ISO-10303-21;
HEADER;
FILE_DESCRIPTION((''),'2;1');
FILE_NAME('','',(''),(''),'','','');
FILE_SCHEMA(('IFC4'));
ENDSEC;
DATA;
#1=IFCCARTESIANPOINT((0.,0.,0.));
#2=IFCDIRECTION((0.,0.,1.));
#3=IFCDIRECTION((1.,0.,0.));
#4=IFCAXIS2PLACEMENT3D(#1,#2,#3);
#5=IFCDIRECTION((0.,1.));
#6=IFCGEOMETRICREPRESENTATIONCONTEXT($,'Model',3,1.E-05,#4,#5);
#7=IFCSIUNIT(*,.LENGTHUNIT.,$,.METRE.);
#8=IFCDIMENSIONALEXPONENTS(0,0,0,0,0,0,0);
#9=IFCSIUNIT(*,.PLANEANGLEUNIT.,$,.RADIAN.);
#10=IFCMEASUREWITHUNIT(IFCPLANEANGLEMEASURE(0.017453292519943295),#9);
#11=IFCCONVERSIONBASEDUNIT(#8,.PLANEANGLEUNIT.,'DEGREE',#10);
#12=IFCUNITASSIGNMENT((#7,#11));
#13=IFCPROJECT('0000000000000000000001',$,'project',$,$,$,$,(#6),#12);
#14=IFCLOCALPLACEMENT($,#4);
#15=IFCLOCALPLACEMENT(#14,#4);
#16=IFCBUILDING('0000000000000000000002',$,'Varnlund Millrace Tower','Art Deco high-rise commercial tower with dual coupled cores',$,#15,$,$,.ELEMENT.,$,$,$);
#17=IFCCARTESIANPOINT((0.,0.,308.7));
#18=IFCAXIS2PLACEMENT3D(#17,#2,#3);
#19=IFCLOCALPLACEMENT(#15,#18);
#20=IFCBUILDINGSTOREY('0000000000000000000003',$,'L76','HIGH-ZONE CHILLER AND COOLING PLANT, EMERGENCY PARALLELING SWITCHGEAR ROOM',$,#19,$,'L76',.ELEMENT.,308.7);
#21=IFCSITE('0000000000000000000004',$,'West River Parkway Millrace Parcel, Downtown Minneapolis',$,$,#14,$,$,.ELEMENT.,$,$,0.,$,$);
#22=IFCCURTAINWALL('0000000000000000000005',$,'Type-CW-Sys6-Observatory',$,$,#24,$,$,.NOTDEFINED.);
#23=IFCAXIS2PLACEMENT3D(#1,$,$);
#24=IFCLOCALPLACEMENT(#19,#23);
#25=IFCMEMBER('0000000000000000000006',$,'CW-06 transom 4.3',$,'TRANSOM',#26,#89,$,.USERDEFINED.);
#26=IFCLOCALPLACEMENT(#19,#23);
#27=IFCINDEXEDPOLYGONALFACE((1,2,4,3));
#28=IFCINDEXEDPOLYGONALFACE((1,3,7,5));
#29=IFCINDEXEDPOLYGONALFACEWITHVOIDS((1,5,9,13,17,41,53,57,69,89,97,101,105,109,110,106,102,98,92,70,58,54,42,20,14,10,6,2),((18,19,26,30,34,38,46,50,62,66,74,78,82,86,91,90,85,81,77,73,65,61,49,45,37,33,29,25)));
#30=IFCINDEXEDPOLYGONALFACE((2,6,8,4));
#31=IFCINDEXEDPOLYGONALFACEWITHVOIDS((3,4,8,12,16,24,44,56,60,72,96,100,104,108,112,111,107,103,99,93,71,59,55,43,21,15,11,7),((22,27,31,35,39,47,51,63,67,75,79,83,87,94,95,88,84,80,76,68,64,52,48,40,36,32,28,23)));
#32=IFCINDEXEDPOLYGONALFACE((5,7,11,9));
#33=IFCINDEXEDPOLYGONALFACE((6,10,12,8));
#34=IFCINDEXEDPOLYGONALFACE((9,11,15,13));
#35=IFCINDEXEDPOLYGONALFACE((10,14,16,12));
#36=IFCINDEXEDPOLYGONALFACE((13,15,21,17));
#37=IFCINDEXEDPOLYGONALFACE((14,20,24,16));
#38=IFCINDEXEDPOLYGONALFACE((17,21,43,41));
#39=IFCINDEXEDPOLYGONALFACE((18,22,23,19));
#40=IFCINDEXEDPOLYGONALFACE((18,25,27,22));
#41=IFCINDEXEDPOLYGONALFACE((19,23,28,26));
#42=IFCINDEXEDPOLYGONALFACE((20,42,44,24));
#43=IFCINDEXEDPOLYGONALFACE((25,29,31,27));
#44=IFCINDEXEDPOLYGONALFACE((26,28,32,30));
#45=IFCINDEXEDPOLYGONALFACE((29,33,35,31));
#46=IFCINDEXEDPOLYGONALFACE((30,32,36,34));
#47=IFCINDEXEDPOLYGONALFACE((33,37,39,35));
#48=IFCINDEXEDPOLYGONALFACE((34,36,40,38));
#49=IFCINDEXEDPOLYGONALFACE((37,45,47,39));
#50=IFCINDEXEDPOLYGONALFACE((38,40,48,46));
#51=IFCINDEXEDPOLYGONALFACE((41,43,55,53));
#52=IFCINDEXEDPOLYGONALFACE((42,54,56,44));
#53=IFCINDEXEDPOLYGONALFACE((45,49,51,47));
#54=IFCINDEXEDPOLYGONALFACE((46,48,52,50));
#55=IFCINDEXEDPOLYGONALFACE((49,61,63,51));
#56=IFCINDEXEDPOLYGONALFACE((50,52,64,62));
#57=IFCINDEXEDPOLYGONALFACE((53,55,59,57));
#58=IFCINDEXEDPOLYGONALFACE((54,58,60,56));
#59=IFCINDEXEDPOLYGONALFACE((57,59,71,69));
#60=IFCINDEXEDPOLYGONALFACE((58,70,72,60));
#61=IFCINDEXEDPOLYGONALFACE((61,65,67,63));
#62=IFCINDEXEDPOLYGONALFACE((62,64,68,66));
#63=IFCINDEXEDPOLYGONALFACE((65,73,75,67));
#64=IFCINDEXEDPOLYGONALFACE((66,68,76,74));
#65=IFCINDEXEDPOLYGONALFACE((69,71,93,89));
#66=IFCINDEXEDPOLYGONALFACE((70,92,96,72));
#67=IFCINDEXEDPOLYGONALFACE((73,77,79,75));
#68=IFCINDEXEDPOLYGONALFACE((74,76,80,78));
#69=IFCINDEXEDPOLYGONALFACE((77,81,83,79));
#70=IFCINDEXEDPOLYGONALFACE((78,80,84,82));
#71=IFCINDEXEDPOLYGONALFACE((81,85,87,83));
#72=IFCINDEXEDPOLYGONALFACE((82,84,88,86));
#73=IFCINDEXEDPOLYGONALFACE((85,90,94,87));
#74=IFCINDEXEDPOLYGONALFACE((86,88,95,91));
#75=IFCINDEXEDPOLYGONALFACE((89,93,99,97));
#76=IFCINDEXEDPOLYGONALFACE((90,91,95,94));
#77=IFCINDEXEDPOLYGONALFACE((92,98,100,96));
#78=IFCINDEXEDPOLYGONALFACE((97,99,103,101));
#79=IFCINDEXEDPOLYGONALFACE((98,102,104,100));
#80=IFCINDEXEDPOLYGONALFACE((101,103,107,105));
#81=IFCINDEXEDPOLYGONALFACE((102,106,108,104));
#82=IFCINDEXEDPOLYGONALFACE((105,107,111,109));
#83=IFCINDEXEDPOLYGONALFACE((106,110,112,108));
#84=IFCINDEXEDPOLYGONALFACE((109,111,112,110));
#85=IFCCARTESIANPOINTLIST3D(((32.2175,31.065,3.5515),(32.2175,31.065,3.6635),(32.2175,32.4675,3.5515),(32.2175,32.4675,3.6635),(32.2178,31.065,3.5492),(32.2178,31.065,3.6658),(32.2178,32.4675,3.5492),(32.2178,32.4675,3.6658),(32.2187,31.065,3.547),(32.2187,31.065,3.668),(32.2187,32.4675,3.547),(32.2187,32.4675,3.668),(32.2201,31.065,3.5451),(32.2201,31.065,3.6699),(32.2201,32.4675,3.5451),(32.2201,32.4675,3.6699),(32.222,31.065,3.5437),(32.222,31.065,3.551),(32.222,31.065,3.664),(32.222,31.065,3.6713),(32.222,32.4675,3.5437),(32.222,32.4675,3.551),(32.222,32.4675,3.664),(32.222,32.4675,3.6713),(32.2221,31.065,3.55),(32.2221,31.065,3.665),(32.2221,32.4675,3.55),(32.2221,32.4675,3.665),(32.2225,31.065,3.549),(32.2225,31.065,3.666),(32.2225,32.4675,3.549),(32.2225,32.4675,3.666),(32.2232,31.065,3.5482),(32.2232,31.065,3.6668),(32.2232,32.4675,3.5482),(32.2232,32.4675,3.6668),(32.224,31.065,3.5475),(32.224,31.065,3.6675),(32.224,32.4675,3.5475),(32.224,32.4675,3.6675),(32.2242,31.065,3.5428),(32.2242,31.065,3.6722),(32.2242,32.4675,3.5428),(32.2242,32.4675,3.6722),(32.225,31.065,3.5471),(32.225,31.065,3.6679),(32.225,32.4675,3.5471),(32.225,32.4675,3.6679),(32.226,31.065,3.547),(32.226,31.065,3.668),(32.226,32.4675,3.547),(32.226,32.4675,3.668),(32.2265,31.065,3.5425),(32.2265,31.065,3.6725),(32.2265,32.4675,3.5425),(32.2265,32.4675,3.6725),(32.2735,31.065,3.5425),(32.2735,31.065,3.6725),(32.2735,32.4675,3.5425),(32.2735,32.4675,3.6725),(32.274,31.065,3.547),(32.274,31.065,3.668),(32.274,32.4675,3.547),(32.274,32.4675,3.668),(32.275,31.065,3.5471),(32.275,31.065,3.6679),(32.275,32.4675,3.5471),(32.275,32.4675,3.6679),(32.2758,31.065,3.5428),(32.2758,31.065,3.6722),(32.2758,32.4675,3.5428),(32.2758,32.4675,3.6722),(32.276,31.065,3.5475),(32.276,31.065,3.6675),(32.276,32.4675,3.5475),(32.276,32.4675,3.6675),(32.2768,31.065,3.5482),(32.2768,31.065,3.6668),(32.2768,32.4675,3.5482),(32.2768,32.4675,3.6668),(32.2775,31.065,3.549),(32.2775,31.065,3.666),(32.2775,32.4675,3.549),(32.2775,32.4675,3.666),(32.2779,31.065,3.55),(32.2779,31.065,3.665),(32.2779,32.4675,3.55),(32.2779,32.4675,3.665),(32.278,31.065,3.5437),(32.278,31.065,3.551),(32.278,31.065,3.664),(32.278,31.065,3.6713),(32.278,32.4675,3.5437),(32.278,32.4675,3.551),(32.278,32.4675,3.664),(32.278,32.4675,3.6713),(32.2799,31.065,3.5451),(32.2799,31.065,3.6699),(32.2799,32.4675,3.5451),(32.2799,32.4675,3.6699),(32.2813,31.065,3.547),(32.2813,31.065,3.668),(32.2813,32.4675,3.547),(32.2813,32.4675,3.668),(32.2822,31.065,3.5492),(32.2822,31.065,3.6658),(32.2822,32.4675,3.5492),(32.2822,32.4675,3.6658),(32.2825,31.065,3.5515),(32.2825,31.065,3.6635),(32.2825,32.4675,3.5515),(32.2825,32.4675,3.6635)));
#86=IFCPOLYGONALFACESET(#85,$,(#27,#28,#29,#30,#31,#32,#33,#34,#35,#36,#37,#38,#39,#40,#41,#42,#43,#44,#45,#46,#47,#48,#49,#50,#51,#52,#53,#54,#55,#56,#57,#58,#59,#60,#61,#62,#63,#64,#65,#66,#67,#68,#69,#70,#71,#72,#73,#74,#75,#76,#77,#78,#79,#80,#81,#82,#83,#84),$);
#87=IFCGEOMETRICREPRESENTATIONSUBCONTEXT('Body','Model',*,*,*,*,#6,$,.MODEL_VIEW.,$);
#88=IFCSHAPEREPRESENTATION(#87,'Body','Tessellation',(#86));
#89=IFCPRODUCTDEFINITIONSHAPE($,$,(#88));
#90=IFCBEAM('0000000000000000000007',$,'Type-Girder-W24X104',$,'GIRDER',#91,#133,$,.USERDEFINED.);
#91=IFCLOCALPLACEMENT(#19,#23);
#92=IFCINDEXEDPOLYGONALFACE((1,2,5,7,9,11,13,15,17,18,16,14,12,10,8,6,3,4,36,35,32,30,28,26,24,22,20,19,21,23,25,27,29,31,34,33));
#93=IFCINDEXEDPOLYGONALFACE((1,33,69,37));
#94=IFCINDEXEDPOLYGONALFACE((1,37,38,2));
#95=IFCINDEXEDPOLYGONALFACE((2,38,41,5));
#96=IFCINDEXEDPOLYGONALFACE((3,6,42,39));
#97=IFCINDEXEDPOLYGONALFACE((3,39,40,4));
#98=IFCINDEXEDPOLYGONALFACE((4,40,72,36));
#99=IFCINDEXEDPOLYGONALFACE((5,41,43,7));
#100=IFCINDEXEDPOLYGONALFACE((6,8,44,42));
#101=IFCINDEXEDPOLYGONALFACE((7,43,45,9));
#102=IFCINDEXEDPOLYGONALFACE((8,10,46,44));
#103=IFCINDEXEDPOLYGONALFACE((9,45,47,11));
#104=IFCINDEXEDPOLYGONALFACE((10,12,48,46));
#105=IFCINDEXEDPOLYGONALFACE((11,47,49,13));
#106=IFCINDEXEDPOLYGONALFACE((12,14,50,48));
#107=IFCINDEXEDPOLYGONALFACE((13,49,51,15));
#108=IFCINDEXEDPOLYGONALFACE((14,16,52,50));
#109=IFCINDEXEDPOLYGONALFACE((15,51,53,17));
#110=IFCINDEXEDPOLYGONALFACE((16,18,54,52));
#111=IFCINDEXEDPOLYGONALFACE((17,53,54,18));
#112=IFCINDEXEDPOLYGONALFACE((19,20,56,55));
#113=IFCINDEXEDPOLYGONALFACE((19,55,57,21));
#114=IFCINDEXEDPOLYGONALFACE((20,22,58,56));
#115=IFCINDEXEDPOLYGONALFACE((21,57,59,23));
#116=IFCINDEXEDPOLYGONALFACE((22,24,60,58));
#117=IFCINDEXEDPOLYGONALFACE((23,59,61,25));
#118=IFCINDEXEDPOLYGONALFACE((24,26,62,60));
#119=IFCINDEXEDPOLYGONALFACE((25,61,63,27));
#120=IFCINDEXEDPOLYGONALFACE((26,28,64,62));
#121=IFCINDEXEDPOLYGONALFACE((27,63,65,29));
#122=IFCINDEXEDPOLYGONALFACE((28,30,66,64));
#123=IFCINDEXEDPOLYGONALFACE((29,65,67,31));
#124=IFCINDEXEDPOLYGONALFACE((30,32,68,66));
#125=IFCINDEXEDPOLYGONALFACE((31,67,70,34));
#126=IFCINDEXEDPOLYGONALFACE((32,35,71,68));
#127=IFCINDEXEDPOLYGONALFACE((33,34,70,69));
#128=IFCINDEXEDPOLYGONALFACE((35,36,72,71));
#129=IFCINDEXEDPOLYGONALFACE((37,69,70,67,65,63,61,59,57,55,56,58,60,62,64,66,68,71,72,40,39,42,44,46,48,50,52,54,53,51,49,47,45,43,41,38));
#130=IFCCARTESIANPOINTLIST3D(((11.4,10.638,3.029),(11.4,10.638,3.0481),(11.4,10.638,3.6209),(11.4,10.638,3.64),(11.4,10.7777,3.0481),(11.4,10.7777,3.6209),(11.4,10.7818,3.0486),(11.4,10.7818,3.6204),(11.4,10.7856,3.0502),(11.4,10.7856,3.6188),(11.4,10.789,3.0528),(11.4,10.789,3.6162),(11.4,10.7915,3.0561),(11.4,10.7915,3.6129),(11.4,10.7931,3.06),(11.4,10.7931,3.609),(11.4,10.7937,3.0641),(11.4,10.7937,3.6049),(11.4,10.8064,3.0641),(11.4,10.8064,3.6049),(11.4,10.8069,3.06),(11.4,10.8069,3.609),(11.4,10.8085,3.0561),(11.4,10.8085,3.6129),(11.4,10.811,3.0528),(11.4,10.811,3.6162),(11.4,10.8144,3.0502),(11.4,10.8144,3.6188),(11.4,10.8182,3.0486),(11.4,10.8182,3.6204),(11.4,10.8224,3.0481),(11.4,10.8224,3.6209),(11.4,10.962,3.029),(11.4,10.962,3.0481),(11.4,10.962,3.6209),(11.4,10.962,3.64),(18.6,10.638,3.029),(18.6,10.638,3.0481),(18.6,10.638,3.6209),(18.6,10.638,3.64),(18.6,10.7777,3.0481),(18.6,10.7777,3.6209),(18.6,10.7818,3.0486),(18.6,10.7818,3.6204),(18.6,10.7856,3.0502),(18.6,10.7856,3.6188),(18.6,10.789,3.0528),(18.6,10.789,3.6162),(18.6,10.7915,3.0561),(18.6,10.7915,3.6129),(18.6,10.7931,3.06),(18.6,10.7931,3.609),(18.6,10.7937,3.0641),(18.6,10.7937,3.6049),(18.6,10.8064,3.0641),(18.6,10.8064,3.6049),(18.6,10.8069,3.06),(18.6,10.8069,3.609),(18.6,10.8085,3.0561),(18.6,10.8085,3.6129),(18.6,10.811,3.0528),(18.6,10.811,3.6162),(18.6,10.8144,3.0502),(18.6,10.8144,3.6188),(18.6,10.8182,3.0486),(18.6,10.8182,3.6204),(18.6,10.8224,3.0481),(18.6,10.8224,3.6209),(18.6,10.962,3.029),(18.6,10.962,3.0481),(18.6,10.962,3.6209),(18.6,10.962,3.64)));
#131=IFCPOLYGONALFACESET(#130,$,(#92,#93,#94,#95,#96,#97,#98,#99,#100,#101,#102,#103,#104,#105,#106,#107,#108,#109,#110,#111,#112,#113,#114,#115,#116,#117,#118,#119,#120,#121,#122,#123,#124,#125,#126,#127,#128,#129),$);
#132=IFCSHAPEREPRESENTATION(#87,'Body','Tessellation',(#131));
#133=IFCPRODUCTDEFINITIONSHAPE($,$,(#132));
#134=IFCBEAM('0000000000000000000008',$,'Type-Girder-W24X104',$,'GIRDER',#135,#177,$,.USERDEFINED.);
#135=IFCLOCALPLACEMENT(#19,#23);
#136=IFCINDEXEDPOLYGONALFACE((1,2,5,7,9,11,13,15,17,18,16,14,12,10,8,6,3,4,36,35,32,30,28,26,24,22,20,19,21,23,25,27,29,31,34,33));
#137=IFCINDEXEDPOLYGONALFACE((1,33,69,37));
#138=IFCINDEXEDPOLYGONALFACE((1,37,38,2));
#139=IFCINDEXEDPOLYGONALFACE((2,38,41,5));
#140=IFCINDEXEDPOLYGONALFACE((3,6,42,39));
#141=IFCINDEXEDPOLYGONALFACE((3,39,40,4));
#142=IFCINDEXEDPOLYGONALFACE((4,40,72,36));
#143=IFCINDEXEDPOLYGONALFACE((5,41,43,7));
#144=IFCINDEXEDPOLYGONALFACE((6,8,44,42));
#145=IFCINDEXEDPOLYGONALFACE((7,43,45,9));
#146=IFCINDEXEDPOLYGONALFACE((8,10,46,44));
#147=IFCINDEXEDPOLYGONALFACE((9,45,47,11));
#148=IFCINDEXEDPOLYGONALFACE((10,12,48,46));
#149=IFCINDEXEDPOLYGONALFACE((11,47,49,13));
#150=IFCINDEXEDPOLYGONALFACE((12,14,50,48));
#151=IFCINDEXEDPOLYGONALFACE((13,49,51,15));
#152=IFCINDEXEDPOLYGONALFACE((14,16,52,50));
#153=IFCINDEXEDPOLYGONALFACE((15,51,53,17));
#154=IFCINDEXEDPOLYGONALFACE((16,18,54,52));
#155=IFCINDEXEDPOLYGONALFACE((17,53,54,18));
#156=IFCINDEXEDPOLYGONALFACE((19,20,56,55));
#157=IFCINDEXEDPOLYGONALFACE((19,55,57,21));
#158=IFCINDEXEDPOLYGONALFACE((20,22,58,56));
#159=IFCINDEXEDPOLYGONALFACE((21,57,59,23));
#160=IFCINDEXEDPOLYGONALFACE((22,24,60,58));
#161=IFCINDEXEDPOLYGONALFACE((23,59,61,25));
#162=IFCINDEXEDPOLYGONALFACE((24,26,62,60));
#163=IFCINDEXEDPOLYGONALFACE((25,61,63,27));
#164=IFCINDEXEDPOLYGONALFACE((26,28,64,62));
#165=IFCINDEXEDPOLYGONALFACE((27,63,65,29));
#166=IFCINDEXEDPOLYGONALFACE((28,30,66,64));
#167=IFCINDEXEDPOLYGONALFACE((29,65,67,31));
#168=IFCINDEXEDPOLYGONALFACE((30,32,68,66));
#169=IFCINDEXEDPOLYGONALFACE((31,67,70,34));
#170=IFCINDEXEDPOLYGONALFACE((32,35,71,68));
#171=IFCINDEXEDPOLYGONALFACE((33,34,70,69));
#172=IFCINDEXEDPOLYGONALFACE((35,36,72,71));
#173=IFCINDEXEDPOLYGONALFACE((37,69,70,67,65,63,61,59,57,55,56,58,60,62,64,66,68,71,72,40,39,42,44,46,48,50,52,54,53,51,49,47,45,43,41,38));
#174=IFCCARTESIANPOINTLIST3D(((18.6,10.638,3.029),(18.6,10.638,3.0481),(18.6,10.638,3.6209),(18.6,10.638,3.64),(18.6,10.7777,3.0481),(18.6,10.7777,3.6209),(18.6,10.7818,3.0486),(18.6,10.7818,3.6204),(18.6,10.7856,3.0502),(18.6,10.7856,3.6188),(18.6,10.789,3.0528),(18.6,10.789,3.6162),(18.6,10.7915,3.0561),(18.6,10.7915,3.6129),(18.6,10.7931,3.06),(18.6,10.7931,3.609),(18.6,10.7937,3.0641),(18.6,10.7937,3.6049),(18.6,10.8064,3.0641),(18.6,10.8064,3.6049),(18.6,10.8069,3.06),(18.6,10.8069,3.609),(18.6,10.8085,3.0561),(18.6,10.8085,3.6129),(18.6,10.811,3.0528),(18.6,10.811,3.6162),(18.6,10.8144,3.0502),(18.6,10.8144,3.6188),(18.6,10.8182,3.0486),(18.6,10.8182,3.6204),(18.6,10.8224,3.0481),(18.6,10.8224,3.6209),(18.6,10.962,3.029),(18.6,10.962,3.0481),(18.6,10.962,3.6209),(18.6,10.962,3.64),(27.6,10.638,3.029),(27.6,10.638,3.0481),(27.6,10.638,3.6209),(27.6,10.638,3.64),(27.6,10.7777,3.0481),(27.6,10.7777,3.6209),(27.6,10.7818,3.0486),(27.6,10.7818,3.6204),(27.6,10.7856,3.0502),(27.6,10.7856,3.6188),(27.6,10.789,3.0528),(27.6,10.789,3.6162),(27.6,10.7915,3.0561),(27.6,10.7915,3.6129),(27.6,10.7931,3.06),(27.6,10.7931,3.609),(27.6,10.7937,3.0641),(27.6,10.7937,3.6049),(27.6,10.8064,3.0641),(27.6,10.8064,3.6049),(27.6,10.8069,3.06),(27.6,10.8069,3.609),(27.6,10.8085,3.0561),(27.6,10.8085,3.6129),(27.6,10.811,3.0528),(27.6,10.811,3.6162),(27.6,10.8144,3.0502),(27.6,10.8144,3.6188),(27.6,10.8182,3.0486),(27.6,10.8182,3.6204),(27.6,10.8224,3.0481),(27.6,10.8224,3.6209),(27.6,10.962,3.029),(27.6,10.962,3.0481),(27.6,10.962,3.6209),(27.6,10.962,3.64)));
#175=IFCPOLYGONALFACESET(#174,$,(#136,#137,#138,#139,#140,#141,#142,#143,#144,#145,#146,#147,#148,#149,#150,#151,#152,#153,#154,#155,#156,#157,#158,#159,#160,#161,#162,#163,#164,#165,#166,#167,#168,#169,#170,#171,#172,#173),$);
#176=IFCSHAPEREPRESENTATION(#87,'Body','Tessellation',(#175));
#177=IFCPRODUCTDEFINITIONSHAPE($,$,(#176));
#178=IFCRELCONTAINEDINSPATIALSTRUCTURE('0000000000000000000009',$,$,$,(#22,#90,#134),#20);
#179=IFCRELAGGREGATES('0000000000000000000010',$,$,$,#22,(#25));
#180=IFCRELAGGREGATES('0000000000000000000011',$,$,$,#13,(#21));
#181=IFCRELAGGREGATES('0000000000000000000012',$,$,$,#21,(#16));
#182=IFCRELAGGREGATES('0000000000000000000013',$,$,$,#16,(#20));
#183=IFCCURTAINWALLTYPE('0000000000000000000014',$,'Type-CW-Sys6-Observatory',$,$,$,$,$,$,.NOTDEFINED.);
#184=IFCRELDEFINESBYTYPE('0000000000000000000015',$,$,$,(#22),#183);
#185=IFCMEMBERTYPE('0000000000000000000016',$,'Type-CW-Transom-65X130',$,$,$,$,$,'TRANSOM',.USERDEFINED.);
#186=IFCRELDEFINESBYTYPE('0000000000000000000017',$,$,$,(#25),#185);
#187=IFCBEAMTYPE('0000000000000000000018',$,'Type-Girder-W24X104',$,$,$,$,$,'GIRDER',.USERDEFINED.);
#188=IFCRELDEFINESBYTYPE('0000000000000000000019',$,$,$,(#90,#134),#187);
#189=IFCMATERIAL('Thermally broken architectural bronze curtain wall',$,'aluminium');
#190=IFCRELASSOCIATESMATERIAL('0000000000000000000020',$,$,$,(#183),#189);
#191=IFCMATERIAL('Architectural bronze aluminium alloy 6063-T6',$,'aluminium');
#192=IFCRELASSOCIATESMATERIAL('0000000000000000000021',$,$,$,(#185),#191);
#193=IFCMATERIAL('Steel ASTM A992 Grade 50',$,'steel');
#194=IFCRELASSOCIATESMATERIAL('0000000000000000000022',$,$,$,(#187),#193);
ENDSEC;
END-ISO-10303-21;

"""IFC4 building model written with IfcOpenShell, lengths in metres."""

from ifc_helpers import new_model, entity, si_unit, converted_unit, direction, frame, origin_with_axes, origin_2d_with_axis, place, context, subcontext, project, spatial, hollow_rectangle, i_section, extrude, material, material_profile, profile_set, type_object, element, aggregate, save


model = new_model("IFC4")

# Units and contexts
model_context = context("Model", 3, precision=1e-05, world=origin_with_axes(), true_north=direction((0.0, 1.0)))
body_context = subcontext(model_context, "Body", "Model", "MODEL_VIEW")
ifc_project = project(units=[si_unit("LENGTHUNIT", "METRE"), converted_unit("PLANEANGLEUNIT", "DEGREE", entity("IfcPlaneAngleMeasure", 0.017453292519943295), si_unit("PLANEANGLEUNIT", "RADIAN"), dimensions=[0, 0, 0, 0, 0, 0, 0])], contexts=[model_context])

# Site, building, storey
site_placement = place(None, origin_with_axes())
site = spatial("IfcSite", under=ifc_project, at=site_placement, Name="West River Parkway Millrace Parcel, Downtown Minneapolis", CompositionType="ELEMENT", RefElevation=0.0)
building_placement = place(site_placement, origin_with_axes())
building = spatial("IfcBuilding", under=site, at=building_placement, Name="Varnlund Millrace Tower", Description="Art Deco high-rise commercial tower with dual coupled cores", CompositionType="ELEMENT")
storey_placement = place(building_placement, frame((0.0, 0.0, 308.7), z_axis=(0.0, 0.0, 1.0), x_axis=(1.0, 0.0, 0.0)))
storey = spatial("IfcBuildingStorey", under=building, at=storey_placement, Name="L76", Description="HIGH-ZONE CHILLER AND COOLING PLANT, EMERGENCY PARALLELING SWITCHGEAR ROOM", LongName="L76", CompositionType="ELEMENT", Elevation=308.7)

# Shared definitions
ifc_material_1 = material(Name="Steel ASTM A992 Grade 50", Category="steel")

# Curtain wall, member
ifc_material_2 = material(Name="Thermally broken architectural bronze curtain wall", Category="aluminium")
curtain_wall_type = type_object("IfcCurtainWallType", Name="Type-CW-Sys6-Observatory", PredefinedType="NOTDEFINED", material=ifc_material_2)
curtain_wall_placement = place(storey_placement, frame((32.25, 37.0, 0.0), z_axis=(0.0, 0.0, 1.0), x_axis=(1.0, 0.0, 0.0)))
curtain_wall = element("IfcCurtainWall", 1, at=curtain_wall_placement, inside=storey, type_object=curtain_wall_type, Name="Type-CW-Sys6-Observatory", PredefinedType="NOTDEFINED")
ifc_material_3 = material(Name="Architectural bronze aluminium alloy 6063-T6", Category="aluminium")
ifc_material_profile_1 = material_profile(ifc_material_3, hollow_rectangle(XDim=0.065, YDim=0.13, WallThickness=0.0045, InnerFilletRadius=0.004, OuterFilletRadius=0.009, at=origin_2d_with_axis()), Name="Architectural bronze aluminium alloy 6063-T6")
ifc_profile_set_1 = profile_set([ifc_material_profile_1], Name="Architectural bronze aluminium alloy 6063-T6")
member_type = type_object("IfcMemberType", Name="Type-CW-Transom-65X130", ElementType="TRANSOM", PredefinedType="USERDEFINED", material=ifc_profile_set_1)
member_1_placement = place(storey_placement, frame((32.25, 32.4675, 3.6075), z_axis=(0.0, -1.0, 0.0), x_axis=(1.0, 0.0, 0.0)))
member_1 = element("IfcMember", 2, at=member_1_placement, type_object=member_type, Name="CW-06 transom 4.3", ObjectType="TRANSOM", PredefinedType="USERDEFINED", context=body_context, shape_type="SweptSolid", body=[
    extrude(hollow_rectangle(XDim=0.065, YDim=0.13, WallThickness=0.0045, InnerFilletRadius=0.004, OuterFilletRadius=0.009, at=origin_2d_with_axis()), origin_with_axes(), (0.0, 0.0, 1.0), 1.4025),
])

# Beams
ifc_material_profile_2 = material_profile(ifc_material_1, i_section(OverallWidth=0.324, OverallDepth=0.611, WebThickness=0.0127, FlangeThickness=0.0191, FilletRadius=0.016, at=origin_2d_with_axis()), Name="Steel ASTM A992 Grade 50")
ifc_profile_set_2 = profile_set([ifc_material_profile_2], Name="Steel ASTM A992 Grade 50")
beam_type_1 = type_object("IfcBeamType", Name="Type-Girder-W24X104", ElementType="GIRDER", PredefinedType="USERDEFINED", material=ifc_profile_set_2)
beam_1_placement = place(storey_placement, frame((11.4, 10.8, 3.3345), z_axis=(1.0, 0.0, 0.0), x_axis=(0.0, 1.0, 0.0)))
element("IfcBeam", 3, at=beam_1_placement, inside=storey, type_object=beam_type_1, Name="Type-Girder-W24X104", ObjectType="GIRDER", PredefinedType="USERDEFINED", context=body_context, shape_type="SweptSolid", body=[
    extrude(i_section(OverallWidth=0.324, OverallDepth=0.611, WebThickness=0.0127, FlangeThickness=0.0191, FilletRadius=0.016, at=origin_2d_with_axis()), origin_with_axes(), (0.0, 0.0, 1.0), 7.2),
])
for number, where, z_axis, x_axis, name in (
    (4, (18.6, 10.8, 3.3345), (1.0, 0.0, 0.0), (0.0, 1.0, 0.0), "Type-Girder-W24X104"),
):
    element("IfcBeam", number, at=place(storey_placement, frame(where, z_axis=z_axis, x_axis=x_axis)), inside=storey, type_object=beam_type_1, Name=name, ObjectType="GIRDER", PredefinedType="USERDEFINED", context=body_context, shape_type="SweptSolid", body=[
        extrude(i_section(OverallWidth=0.324, OverallDepth=0.611, WebThickness=0.0127, FlangeThickness=0.0191, FilletRadius=0.016, at=origin_2d_with_axis()), origin_with_axes(), (0.0, 0.0, 1.0), 9.0),
    ])

aggregate(curtain_wall, [member_1])

save(model, "model.ifc")
